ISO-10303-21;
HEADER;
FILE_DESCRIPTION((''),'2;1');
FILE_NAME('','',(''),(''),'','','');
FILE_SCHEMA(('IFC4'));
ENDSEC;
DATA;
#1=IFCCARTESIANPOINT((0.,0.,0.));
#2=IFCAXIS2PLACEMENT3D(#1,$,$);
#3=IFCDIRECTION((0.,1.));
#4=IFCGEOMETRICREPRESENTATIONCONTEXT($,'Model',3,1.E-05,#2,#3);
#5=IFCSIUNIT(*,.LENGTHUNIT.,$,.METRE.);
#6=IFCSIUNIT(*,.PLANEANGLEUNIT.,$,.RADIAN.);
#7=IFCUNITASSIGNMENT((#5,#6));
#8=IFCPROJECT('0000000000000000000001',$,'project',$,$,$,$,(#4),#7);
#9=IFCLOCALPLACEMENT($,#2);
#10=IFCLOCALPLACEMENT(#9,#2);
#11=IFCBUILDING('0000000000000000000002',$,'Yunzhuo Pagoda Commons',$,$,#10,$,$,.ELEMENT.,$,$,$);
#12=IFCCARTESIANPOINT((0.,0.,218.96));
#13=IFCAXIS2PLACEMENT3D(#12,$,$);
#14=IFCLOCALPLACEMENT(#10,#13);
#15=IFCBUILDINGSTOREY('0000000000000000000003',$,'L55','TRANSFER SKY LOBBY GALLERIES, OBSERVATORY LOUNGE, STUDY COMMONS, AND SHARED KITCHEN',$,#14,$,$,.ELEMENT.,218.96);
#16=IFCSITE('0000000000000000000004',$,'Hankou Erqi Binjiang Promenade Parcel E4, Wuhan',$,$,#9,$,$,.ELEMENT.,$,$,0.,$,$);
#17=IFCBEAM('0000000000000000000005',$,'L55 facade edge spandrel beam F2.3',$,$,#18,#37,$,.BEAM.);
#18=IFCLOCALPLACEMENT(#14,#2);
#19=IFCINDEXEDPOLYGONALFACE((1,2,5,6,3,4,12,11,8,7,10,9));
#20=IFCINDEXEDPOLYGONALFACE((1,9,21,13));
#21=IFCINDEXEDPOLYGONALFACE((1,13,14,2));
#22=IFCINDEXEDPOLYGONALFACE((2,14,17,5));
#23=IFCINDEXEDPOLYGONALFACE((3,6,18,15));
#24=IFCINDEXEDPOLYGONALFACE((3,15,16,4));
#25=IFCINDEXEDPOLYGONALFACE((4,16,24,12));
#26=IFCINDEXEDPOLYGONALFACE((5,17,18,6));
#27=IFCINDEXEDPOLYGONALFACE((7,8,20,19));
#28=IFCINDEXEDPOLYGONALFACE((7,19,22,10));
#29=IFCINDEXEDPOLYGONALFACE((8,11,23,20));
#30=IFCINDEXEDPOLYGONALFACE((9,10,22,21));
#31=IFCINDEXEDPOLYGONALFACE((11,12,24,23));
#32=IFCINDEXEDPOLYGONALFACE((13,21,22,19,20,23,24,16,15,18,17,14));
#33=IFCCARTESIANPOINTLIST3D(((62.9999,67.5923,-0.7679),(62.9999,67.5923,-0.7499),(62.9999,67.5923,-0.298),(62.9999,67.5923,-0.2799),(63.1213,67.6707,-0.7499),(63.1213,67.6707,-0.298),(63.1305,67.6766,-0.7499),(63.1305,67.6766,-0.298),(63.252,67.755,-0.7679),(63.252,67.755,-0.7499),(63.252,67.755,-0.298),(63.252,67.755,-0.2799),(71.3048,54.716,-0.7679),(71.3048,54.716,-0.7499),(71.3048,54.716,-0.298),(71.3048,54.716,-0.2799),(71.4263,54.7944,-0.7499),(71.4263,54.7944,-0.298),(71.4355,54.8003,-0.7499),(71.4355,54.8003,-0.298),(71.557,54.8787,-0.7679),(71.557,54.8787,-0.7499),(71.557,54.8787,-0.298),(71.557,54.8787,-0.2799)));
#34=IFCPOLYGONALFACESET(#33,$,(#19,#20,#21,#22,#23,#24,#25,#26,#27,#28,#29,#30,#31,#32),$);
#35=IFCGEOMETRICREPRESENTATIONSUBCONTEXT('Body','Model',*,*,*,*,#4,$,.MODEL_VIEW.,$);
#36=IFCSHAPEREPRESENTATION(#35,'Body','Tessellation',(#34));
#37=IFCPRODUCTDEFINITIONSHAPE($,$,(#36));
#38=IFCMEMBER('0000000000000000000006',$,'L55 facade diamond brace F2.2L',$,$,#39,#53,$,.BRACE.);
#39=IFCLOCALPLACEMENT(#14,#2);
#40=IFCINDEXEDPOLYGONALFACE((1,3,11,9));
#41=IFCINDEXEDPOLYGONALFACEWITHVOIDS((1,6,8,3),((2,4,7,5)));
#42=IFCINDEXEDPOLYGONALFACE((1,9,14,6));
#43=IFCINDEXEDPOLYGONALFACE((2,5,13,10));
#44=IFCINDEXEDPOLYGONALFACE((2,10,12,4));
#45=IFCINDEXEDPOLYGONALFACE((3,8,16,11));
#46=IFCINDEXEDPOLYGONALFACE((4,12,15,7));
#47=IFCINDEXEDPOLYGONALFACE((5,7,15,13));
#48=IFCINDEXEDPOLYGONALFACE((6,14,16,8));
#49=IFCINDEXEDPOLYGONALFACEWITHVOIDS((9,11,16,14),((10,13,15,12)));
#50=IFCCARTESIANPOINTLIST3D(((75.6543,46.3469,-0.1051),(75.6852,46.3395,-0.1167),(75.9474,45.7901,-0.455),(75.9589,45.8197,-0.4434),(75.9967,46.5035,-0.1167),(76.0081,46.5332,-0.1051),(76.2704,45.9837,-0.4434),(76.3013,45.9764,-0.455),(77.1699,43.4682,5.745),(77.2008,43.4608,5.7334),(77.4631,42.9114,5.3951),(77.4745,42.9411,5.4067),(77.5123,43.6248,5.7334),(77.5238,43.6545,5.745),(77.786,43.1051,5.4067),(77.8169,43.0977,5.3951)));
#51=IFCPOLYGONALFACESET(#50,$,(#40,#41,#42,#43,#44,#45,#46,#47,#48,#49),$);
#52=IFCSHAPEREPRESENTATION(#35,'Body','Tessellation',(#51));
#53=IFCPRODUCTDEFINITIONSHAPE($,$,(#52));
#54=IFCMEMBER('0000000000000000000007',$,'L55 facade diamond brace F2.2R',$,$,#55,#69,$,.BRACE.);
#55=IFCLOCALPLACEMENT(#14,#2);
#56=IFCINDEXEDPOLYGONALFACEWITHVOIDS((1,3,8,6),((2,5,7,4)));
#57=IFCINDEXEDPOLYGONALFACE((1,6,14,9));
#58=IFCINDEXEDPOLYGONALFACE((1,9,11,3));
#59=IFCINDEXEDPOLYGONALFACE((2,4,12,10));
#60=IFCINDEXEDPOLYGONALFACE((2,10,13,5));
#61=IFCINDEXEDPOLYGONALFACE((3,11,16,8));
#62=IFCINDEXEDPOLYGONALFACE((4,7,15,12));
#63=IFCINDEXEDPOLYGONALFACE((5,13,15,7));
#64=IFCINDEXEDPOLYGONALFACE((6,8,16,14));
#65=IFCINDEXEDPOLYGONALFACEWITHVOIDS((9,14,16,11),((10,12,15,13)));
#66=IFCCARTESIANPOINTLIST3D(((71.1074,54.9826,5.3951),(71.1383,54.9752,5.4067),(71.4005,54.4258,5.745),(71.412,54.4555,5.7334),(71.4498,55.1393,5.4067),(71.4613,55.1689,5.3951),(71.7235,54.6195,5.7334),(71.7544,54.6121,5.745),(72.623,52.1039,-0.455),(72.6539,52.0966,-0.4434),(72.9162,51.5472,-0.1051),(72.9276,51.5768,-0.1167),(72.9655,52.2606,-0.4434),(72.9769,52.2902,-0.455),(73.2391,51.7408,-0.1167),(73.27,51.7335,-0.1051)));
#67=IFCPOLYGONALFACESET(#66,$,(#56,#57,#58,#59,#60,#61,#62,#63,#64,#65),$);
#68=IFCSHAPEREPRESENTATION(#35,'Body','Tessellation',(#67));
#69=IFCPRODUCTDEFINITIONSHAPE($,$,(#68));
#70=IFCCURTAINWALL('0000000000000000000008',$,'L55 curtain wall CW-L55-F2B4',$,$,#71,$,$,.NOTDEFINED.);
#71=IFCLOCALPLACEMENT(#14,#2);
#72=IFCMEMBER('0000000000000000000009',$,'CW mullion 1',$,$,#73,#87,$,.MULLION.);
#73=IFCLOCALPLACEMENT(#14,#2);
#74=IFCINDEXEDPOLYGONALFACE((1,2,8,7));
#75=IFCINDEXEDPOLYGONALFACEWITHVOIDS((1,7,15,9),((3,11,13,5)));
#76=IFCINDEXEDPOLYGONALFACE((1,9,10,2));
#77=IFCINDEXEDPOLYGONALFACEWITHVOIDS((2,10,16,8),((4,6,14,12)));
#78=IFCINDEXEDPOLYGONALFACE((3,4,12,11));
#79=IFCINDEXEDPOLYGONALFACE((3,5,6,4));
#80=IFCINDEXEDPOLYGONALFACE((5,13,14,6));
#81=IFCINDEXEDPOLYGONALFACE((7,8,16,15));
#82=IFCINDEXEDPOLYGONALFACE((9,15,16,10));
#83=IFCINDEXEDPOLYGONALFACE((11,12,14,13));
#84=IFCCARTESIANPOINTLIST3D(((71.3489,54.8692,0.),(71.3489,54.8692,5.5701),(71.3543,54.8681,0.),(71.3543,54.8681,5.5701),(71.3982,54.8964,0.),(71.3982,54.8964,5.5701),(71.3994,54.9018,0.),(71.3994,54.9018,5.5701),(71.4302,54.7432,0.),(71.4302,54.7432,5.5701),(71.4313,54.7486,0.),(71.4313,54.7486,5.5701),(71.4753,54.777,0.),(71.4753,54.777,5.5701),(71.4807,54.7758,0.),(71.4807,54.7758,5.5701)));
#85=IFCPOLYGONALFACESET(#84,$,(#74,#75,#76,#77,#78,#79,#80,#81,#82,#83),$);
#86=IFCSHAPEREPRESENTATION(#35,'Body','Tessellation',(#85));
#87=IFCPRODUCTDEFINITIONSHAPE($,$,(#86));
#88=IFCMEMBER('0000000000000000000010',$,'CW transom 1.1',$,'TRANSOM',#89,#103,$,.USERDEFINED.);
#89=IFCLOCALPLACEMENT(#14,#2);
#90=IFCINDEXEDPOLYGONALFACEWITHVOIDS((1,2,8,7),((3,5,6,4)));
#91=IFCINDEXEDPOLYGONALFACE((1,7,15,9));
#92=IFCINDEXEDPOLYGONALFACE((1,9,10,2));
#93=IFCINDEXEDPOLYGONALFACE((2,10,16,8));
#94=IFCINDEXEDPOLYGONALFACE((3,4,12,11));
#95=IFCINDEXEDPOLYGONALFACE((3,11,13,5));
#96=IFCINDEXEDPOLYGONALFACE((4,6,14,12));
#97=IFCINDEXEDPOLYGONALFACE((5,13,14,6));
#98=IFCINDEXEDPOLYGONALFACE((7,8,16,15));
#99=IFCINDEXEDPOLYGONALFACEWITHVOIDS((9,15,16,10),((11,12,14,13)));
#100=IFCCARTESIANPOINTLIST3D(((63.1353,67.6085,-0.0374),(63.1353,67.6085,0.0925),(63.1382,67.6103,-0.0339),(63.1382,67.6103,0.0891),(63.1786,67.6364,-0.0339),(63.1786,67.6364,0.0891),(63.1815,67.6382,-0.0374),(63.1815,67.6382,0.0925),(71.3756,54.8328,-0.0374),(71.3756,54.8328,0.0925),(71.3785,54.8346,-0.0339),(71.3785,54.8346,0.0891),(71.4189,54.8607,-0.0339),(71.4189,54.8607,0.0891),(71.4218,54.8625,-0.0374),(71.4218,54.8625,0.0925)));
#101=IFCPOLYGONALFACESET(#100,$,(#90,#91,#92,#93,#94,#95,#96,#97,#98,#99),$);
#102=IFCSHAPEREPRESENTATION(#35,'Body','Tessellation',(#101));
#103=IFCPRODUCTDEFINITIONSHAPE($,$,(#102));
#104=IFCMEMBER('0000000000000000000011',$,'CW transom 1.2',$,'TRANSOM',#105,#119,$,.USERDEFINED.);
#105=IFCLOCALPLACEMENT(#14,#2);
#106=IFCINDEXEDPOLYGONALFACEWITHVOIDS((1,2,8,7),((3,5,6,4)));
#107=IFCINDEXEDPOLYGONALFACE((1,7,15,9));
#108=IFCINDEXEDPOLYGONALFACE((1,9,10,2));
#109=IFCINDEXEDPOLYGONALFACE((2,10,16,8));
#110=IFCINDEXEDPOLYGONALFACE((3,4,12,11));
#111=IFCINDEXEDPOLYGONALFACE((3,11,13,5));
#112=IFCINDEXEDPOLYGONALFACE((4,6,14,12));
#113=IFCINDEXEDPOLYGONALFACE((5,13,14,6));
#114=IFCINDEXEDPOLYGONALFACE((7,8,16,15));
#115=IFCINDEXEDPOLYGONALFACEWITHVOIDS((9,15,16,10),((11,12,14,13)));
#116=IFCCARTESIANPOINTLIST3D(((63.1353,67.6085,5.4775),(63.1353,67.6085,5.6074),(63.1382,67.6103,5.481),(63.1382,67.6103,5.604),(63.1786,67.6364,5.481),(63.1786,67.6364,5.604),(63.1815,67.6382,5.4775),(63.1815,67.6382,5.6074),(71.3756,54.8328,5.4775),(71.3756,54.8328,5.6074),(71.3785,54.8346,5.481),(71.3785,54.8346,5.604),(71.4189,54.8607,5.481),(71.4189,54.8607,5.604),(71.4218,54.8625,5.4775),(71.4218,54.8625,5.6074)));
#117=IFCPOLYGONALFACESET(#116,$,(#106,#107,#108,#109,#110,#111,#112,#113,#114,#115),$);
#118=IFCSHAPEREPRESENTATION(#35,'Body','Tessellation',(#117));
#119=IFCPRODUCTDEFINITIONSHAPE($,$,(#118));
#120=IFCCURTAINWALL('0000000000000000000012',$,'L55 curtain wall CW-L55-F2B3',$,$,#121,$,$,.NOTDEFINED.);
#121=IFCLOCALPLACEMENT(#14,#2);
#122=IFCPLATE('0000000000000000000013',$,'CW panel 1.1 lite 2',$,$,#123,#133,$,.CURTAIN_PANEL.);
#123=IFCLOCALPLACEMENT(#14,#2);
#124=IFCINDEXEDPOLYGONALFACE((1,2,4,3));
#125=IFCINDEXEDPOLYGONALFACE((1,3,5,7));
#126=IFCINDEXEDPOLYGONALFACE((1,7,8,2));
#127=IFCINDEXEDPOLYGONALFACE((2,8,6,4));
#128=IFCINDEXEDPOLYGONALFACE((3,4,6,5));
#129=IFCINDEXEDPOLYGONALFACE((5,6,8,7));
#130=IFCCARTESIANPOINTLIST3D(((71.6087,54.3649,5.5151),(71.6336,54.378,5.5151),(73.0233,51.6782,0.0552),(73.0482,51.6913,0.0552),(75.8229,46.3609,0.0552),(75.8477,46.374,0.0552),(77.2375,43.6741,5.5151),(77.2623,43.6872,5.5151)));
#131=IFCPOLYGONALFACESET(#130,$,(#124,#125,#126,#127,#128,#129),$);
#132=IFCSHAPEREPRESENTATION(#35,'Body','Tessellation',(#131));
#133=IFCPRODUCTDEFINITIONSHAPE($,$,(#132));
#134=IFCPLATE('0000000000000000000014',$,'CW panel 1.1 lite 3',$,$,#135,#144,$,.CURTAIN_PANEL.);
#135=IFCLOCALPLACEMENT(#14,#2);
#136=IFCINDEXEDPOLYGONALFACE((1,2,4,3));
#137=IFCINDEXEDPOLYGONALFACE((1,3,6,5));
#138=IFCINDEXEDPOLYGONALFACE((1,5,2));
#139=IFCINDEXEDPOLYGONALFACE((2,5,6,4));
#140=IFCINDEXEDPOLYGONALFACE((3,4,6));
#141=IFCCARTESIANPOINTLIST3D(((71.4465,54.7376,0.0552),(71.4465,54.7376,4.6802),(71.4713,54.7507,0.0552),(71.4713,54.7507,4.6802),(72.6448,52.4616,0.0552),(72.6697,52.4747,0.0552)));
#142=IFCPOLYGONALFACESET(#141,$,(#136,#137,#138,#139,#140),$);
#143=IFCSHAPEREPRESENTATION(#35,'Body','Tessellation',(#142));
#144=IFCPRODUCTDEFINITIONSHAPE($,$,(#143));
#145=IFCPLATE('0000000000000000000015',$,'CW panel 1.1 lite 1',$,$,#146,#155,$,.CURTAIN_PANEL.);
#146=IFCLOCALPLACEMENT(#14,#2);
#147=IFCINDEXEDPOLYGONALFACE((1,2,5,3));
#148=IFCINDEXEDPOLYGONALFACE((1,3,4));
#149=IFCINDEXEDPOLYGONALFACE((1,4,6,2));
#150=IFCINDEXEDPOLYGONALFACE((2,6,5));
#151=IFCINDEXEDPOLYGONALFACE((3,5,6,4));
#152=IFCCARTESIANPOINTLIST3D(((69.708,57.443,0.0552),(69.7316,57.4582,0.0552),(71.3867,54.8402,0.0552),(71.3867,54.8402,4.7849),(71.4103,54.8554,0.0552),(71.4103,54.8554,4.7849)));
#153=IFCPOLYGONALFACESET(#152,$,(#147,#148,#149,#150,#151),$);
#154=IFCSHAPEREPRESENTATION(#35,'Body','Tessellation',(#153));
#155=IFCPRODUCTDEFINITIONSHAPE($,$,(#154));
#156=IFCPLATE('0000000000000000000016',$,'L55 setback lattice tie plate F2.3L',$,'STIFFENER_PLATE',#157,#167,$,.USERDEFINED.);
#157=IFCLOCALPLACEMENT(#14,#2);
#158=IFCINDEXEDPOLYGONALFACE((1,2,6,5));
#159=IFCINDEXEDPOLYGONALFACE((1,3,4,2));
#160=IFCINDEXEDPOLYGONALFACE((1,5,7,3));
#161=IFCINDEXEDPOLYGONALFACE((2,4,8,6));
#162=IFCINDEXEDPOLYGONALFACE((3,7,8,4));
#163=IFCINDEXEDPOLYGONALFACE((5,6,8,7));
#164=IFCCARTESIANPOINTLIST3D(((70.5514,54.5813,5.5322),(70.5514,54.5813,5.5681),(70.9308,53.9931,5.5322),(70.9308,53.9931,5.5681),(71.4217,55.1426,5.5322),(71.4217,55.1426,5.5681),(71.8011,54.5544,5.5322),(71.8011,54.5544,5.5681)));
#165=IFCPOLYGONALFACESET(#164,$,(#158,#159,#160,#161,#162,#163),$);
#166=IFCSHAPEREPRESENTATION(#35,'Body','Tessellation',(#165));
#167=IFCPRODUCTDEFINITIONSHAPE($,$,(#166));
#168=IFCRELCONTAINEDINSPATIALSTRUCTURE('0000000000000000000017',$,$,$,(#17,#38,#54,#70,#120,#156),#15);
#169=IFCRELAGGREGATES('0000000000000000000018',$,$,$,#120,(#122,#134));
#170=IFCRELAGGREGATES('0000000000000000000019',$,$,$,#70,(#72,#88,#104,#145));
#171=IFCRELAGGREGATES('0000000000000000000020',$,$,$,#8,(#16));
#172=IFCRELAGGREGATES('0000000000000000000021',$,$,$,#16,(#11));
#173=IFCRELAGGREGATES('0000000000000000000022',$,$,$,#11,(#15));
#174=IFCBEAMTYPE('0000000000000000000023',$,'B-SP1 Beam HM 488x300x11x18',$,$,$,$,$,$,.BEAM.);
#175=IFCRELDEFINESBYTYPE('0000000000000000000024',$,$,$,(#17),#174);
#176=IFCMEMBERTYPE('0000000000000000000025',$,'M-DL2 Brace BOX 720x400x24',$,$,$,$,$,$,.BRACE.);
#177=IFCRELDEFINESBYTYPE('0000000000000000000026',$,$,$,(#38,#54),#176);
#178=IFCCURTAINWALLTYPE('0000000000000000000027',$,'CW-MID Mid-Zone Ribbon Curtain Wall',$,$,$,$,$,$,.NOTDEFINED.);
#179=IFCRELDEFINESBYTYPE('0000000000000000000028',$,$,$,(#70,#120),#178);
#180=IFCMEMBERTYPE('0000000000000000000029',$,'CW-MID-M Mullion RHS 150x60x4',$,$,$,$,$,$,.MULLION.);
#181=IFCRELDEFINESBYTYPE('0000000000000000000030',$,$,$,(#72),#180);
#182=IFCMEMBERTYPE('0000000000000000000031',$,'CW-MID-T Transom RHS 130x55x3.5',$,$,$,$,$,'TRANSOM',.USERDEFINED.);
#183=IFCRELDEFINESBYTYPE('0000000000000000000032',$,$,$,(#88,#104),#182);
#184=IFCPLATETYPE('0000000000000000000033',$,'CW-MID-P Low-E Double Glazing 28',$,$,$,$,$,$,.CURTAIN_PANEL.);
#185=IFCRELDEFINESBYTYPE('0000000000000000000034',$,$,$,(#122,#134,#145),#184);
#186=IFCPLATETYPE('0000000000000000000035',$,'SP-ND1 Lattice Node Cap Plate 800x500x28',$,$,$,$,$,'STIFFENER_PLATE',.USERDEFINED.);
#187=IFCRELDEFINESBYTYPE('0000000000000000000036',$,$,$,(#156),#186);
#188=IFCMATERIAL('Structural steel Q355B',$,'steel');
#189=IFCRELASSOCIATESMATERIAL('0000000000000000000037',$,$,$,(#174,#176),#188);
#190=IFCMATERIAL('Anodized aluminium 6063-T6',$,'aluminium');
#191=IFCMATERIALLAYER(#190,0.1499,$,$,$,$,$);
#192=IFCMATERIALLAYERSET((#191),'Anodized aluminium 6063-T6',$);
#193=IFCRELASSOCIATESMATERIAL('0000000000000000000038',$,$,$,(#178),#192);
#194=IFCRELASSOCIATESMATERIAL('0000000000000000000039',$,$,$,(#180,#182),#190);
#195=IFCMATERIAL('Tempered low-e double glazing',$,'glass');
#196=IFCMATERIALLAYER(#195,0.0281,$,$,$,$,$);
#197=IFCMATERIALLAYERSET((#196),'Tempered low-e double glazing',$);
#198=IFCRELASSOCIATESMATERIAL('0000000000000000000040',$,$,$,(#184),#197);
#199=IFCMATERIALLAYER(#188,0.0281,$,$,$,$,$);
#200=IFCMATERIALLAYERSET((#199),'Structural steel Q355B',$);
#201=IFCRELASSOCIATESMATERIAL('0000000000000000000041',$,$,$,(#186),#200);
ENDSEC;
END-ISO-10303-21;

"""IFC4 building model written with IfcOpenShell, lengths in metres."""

from ifc_helpers import new_model, si_unit, direction, frame, origin, origin_2d, place, context, subcontext, project, spatial, polyline, rectangle, hollow_rectangle, i_section, outline, extrude, source, transform, mapped, material, layer, layer_set, material_profile, profile_set, type_object, element, aggregate, save


model = new_model("IFC4")

# Units and contexts
model_context = context("Model", 3, precision=1e-05, world=origin(), true_north=direction((0.0, 1.0)))
body_context = subcontext(model_context, "Body", "Model", "MODEL_VIEW")
ifc_project = project(units=[si_unit("LENGTHUNIT", "METRE"), si_unit("PLANEANGLEUNIT", "RADIAN")], contexts=[model_context])

# Site, building, storey
site_placement = place(None, origin())
site = spatial("IfcSite", under=ifc_project, at=site_placement, Name="Hankou Erqi Binjiang Promenade Parcel E4, Wuhan", CompositionType="ELEMENT", RefElevation=0.0)
building_placement = place(site_placement, origin())
building = spatial("IfcBuilding", under=site, at=building_placement, Name="Yunzhuo Pagoda Commons", CompositionType="ELEMENT")
storey_placement = place(building_placement, frame((0.0, 0.0, 218.96)))
storey = spatial("IfcBuildingStorey", under=building, at=storey_placement, Name="L55", Description="TRANSFER SKY LOBBY GALLERIES, OBSERVATORY LOUNGE, STUDY COMMONS, AND SHARED KITCHEN", CompositionType="ELEMENT", Elevation=218.96)

# Beam
ifc_material_1 = material(Name="Structural steel Q355B", Category="steel")
ifc_material_profile_1 = material_profile(ifc_material_1, i_section(OverallWidth=0.3, OverallDepth=0.488, WebThickness=0.011, FlangeThickness=0.0181, at=origin_2d()), Name="Structural steel Q355B")
ifc_profile_set_1 = profile_set([ifc_material_profile_1], Name="Structural steel Q355B")
beam_type_1 = type_object("IfcBeamType", Name="B-SP1 Beam HM 488x300x11x18", PredefinedType="BEAM", material=ifc_profile_set_1)
shared_shape_1 = source(origin(), body_context, "Body", "SweptSolid", [
    extrude(i_section(OverallWidth=0.3, OverallDepth=0.488, WebThickness=0.011, FlangeThickness=0.0181, at=origin_2d()), origin(), (0.0, 0.0, 1.0), 15.3223),
])
beam_1_placement = place(storey_placement, frame((71.4309, 54.7974, -0.5239), z_axis=(-0.542021, 0.840365, 0.0), x_axis=(-0.840365, -0.542021, 0.0)))
element("IfcBeam", 1, at=beam_1_placement, inside=storey, type_object=beam_type_1, Name="L55 facade edge spandrel beam F2.3", PredefinedType="BEAM", context=body_context, shape_type="MappedRepresentation", body=[
    mapped(shared_shape_1, transform((0.0, 0.0, 0.0), scale=1.0)),
])

# Members
ifc_material_profile_2 = material_profile(ifc_material_1, hollow_rectangle(XDim=0.3999, YDim=0.72, WallThickness=0.0239, at=origin_2d()), Name="Structural steel Q355B")
ifc_profile_set_2 = profile_set([ifc_material_profile_2], Name="Structural steel Q355B")
member_type_1 = type_object("IfcMemberType", Name="M-DL2 Brace BOX 720x400x24", PredefinedType="BRACE", material=ifc_profile_set_2)
shared_shape_2 = source(origin(), body_context, "Body", "SweptSolid", [
    extrude(hollow_rectangle(XDim=0.3999, YDim=0.72, WallThickness=0.0239, at=origin_2d()), origin(), (0.0, 0.0, 1.0), 6.6938),
])
for number, where, z_axis, x_axis, name in (
    (2, (75.9778, 46.1616, -0.28), (0.226421, -0.430047, 0.873953), (0.88485, 0.465876, 0.0), "L55 facade diamond brace F2.2L"),
    (3, (72.9465, 51.9187, -0.28), (-0.226421, 0.430047, 0.873953), (-0.88485, -0.465876, 0.0), "L55 facade diamond brace F2.2R"),
):
    element("IfcMember", number, at=place(storey_placement, frame(where, z_axis=z_axis, x_axis=x_axis)), inside=storey, type_object=member_type_1, Name=name, PredefinedType="BRACE", context=body_context, shape_type="MappedRepresentation", body=[
        mapped(shared_shape_2, transform((0.0, 0.0, 0.0), scale=1.0)),
    ])

# Curtain wall, members
ifc_material_2 = material(Name="Anodized aluminium 6063-T6", Category="aluminium")
ifc_layer_1 = layer(ifc_material_2, 0.1499)
ifc_layer_set_1 = layer_set([ifc_layer_1], Name="Anodized aluminium 6063-T6")
curtain_wall_type = type_object("IfcCurtainWallType", Name="CW-MID Mid-Zone Ribbon Curtain Wall", PredefinedType="NOTDEFINED", material=ifc_layer_set_1)
curtain_wall_1_placement = place(storey_placement, origin())
curtain_wall_1 = element("IfcCurtainWall", 4, at=curtain_wall_1_placement, inside=storey, type_object=curtain_wall_type, Name="L55 curtain wall CW-L55-F2B4", PredefinedType="NOTDEFINED")
ifc_material_profile_3 = material_profile(ifc_material_2, hollow_rectangle(XDim=0.0601, YDim=0.1499, WallThickness=0.0039, at=origin_2d()), Name="Anodized aluminium 6063-T6")
ifc_profile_set_3 = profile_set([ifc_material_profile_3], Name="Anodized aluminium 6063-T6")
member_type_2 = type_object("IfcMemberType", Name="CW-MID-M Mullion RHS 150x60x4", PredefinedType="MULLION", material=ifc_profile_set_3)
shared_shape_3 = source(origin(), body_context, "Body", "SweptSolid", [
    extrude(hollow_rectangle(XDim=0.0601, YDim=0.1499, WallThickness=0.0039, at=origin_2d()), origin(), (0.0, 0.0, 1.0), 5.5701),
])
member_1_placement = place(storey_placement, frame((71.4148, 54.8225, 0.0), z_axis=(0.0, 0.0, 1.0), x_axis=(-0.840365, -0.542021, 0.0)))
member_1 = element("IfcMember", 5, at=member_1_placement, type_object=member_type_2, Name="CW mullion 1", PredefinedType="MULLION", context=body_context, shape_type="MappedRepresentation", body=[
    mapped(shared_shape_3, transform((0.0, 0.0, 0.0), scale=1.0)),
])
ifc_material_profile_4 = material_profile(ifc_material_2, hollow_rectangle(XDim=0.0549, YDim=0.1299, WallThickness=0.0034, at=origin_2d()), Name="Anodized aluminium 6063-T6")
ifc_profile_set_4 = profile_set([ifc_material_profile_4], Name="Anodized aluminium 6063-T6")
member_type_3 = type_object("IfcMemberType", Name="CW-MID-T Transom RHS 130x55x3.5", ElementType="TRANSOM", PredefinedType="USERDEFINED", material=ifc_profile_set_4)
shared_shape_4 = source(origin(), body_context, "Body", "SweptSolid", [
    extrude(hollow_rectangle(XDim=0.0549, YDim=0.1299, WallThickness=0.0034, at=origin_2d()), origin(), (0.0, 0.0, 1.0), 15.2026),
])
member_2_placement = place(storey_placement, frame((71.3987, 54.8477, 0.0276), z_axis=(-0.542029, 0.84036, 0.0), x_axis=(-0.84036, -0.542029, 0.0)))
member_2 = element("IfcMember", 6, at=member_2_placement, type_object=member_type_3, Name="CW transom 1.1", ObjectType="TRANSOM", PredefinedType="USERDEFINED", context=body_context, shape_type="MappedRepresentation", body=[
    mapped(shared_shape_4, transform((0.0, 0.0, 0.0), scale=1.0)),
])
member_3_placement = place(storey_placement, frame((71.3987, 54.8477, 5.5425), z_axis=(-0.542029, 0.84036, 0.0), x_axis=(-0.84036, -0.542029, 0.0)))
member_3 = element("IfcMember", 7, at=member_3_placement, type_object=member_type_3, Name="CW transom 1.2", ObjectType="TRANSOM", PredefinedType="USERDEFINED", context=body_context, shape_type="MappedRepresentation", body=[
    mapped(shared_shape_4, transform((0.0, 0.0, 0.0), scale=1.0)),
])

# Curtain wall, plates
curtain_wall_2_placement = place(storey_placement, origin())
curtain_wall_2 = element("IfcCurtainWall", 8, at=curtain_wall_2_placement, inside=storey, type_object=curtain_wall_type, Name="L55 curtain wall CW-L55-F2B3", PredefinedType="NOTDEFINED")
ifc_material_3 = material(Name="Tempered low-e double glazing", Category="glass")
ifc_layer_2 = layer(ifc_material_3, 0.0281)
ifc_layer_set_2 = layer_set([ifc_layer_2], Name="Tempered low-e double glazing")
plate_type_1 = type_object("IfcPlateType", Name="CW-MID-P Low-E Double Glazing 28", PredefinedType="CURTAIN_PANEL", material=ifc_layer_set_2)
plate_1_placement = place(storey_placement, frame((74.4231, 49.0195, 2.7852), z_axis=(0.88485, 0.465875, 0.0), x_axis=(-0.465875, 0.88485, 0.0)))
plate_1 = element("IfcPlate", 9, at=plate_1_placement, type_object=plate_type_1, Name="CW panel 1.1 lite 2", PredefinedType="CURTAIN_PANEL", context=body_context, shape_type="SweptSolid", body=[
    extrude(outline(polyline([(-6.041, 2.73), (-3.0046, -2.73), (3.0046, -2.73), (6.041, 2.73), (-6.041, 2.73)])), origin(), (0.0, 0.0, 1.0), 0.0281),
])
plate_2_placement = place(storey_placement, frame((72.0457, 53.5996, 2.3677), z_axis=(0.88485, 0.465875, 0.0), x_axis=(-0.465875, 0.88485, 0.0)))
plate_2 = element("IfcPlate", 10, at=plate_2_placement, type_object=plate_type_1, Name="CW panel 1.1 lite 3", PredefinedType="CURTAIN_PANEL", context=body_context, shape_type="SweptSolid", body=[
    extrude(outline(polyline([(-1.2861, -2.3125), (1.2861, -2.3125), (1.2861, 2.3125), (-1.2861, -2.3125)])), origin(), (0.0, 0.0, 1.0), 0.0281),
])
aggregate(curtain_wall_2, [plate_1, plate_2])

# Plates
plate_3_placement = place(storey_placement, frame((70.5474, 56.1416, 2.4199), z_axis=(0.840365, 0.542021, 0.0), x_axis=(-0.542021, 0.840365, 0.0)))
plate_3 = element("IfcPlate", 11, at=plate_3_placement, type_object=plate_type_1, Name="CW panel 1.1 lite 1", PredefinedType="CURTAIN_PANEL", context=body_context, shape_type="SweptSolid", body=[
    extrude(outline(polyline([(-1.5486, -2.3647), (1.5486, -2.3647), (-1.5486, 2.365), (-1.5486, -2.3647)])), origin(), (0.0, 0.0, 1.0), 0.0281),
])
aggregate(curtain_wall_1, [member_1, member_2, member_3, plate_3])
ifc_layer_3 = layer(ifc_material_1, 0.0281)
ifc_layer_set_3 = layer_set([ifc_layer_3], Name="Structural steel Q355B")
plate_type_2 = type_object("IfcPlateType", Name="SP-ND1 Lattice Node Cap Plate 800x500x28", ElementType="STIFFENER_PLATE", PredefinedType="USERDEFINED", material=ifc_layer_set_3)
shared_shape_5 = source(origin(), body_context, "Body", "SweptSolid", [
    extrude(rectangle(XDim=0.7, YDim=1.0356, at=origin_2d()), origin(), (0.0, 0.0, 1.0), 0.0359),
])
plate_4_placement = place(storey_placement, frame((71.1763, 54.5679, 5.5322), z_axis=(0.0, 0.0, 1.0), x_axis=(-0.542016, 0.840368, 0.0)))
element("IfcPlate", 12, at=plate_4_placement, inside=storey, type_object=plate_type_2, Name="L55 setback lattice tie plate F2.3L", ObjectType="STIFFENER_PLATE", PredefinedType="USERDEFINED", context=body_context, shape_type="MappedRepresentation", body=[
    mapped(shared_shape_5, transform((0.0, 0.0, 0.0), scale=1.0)),
])

save(model, "model.ifc")
